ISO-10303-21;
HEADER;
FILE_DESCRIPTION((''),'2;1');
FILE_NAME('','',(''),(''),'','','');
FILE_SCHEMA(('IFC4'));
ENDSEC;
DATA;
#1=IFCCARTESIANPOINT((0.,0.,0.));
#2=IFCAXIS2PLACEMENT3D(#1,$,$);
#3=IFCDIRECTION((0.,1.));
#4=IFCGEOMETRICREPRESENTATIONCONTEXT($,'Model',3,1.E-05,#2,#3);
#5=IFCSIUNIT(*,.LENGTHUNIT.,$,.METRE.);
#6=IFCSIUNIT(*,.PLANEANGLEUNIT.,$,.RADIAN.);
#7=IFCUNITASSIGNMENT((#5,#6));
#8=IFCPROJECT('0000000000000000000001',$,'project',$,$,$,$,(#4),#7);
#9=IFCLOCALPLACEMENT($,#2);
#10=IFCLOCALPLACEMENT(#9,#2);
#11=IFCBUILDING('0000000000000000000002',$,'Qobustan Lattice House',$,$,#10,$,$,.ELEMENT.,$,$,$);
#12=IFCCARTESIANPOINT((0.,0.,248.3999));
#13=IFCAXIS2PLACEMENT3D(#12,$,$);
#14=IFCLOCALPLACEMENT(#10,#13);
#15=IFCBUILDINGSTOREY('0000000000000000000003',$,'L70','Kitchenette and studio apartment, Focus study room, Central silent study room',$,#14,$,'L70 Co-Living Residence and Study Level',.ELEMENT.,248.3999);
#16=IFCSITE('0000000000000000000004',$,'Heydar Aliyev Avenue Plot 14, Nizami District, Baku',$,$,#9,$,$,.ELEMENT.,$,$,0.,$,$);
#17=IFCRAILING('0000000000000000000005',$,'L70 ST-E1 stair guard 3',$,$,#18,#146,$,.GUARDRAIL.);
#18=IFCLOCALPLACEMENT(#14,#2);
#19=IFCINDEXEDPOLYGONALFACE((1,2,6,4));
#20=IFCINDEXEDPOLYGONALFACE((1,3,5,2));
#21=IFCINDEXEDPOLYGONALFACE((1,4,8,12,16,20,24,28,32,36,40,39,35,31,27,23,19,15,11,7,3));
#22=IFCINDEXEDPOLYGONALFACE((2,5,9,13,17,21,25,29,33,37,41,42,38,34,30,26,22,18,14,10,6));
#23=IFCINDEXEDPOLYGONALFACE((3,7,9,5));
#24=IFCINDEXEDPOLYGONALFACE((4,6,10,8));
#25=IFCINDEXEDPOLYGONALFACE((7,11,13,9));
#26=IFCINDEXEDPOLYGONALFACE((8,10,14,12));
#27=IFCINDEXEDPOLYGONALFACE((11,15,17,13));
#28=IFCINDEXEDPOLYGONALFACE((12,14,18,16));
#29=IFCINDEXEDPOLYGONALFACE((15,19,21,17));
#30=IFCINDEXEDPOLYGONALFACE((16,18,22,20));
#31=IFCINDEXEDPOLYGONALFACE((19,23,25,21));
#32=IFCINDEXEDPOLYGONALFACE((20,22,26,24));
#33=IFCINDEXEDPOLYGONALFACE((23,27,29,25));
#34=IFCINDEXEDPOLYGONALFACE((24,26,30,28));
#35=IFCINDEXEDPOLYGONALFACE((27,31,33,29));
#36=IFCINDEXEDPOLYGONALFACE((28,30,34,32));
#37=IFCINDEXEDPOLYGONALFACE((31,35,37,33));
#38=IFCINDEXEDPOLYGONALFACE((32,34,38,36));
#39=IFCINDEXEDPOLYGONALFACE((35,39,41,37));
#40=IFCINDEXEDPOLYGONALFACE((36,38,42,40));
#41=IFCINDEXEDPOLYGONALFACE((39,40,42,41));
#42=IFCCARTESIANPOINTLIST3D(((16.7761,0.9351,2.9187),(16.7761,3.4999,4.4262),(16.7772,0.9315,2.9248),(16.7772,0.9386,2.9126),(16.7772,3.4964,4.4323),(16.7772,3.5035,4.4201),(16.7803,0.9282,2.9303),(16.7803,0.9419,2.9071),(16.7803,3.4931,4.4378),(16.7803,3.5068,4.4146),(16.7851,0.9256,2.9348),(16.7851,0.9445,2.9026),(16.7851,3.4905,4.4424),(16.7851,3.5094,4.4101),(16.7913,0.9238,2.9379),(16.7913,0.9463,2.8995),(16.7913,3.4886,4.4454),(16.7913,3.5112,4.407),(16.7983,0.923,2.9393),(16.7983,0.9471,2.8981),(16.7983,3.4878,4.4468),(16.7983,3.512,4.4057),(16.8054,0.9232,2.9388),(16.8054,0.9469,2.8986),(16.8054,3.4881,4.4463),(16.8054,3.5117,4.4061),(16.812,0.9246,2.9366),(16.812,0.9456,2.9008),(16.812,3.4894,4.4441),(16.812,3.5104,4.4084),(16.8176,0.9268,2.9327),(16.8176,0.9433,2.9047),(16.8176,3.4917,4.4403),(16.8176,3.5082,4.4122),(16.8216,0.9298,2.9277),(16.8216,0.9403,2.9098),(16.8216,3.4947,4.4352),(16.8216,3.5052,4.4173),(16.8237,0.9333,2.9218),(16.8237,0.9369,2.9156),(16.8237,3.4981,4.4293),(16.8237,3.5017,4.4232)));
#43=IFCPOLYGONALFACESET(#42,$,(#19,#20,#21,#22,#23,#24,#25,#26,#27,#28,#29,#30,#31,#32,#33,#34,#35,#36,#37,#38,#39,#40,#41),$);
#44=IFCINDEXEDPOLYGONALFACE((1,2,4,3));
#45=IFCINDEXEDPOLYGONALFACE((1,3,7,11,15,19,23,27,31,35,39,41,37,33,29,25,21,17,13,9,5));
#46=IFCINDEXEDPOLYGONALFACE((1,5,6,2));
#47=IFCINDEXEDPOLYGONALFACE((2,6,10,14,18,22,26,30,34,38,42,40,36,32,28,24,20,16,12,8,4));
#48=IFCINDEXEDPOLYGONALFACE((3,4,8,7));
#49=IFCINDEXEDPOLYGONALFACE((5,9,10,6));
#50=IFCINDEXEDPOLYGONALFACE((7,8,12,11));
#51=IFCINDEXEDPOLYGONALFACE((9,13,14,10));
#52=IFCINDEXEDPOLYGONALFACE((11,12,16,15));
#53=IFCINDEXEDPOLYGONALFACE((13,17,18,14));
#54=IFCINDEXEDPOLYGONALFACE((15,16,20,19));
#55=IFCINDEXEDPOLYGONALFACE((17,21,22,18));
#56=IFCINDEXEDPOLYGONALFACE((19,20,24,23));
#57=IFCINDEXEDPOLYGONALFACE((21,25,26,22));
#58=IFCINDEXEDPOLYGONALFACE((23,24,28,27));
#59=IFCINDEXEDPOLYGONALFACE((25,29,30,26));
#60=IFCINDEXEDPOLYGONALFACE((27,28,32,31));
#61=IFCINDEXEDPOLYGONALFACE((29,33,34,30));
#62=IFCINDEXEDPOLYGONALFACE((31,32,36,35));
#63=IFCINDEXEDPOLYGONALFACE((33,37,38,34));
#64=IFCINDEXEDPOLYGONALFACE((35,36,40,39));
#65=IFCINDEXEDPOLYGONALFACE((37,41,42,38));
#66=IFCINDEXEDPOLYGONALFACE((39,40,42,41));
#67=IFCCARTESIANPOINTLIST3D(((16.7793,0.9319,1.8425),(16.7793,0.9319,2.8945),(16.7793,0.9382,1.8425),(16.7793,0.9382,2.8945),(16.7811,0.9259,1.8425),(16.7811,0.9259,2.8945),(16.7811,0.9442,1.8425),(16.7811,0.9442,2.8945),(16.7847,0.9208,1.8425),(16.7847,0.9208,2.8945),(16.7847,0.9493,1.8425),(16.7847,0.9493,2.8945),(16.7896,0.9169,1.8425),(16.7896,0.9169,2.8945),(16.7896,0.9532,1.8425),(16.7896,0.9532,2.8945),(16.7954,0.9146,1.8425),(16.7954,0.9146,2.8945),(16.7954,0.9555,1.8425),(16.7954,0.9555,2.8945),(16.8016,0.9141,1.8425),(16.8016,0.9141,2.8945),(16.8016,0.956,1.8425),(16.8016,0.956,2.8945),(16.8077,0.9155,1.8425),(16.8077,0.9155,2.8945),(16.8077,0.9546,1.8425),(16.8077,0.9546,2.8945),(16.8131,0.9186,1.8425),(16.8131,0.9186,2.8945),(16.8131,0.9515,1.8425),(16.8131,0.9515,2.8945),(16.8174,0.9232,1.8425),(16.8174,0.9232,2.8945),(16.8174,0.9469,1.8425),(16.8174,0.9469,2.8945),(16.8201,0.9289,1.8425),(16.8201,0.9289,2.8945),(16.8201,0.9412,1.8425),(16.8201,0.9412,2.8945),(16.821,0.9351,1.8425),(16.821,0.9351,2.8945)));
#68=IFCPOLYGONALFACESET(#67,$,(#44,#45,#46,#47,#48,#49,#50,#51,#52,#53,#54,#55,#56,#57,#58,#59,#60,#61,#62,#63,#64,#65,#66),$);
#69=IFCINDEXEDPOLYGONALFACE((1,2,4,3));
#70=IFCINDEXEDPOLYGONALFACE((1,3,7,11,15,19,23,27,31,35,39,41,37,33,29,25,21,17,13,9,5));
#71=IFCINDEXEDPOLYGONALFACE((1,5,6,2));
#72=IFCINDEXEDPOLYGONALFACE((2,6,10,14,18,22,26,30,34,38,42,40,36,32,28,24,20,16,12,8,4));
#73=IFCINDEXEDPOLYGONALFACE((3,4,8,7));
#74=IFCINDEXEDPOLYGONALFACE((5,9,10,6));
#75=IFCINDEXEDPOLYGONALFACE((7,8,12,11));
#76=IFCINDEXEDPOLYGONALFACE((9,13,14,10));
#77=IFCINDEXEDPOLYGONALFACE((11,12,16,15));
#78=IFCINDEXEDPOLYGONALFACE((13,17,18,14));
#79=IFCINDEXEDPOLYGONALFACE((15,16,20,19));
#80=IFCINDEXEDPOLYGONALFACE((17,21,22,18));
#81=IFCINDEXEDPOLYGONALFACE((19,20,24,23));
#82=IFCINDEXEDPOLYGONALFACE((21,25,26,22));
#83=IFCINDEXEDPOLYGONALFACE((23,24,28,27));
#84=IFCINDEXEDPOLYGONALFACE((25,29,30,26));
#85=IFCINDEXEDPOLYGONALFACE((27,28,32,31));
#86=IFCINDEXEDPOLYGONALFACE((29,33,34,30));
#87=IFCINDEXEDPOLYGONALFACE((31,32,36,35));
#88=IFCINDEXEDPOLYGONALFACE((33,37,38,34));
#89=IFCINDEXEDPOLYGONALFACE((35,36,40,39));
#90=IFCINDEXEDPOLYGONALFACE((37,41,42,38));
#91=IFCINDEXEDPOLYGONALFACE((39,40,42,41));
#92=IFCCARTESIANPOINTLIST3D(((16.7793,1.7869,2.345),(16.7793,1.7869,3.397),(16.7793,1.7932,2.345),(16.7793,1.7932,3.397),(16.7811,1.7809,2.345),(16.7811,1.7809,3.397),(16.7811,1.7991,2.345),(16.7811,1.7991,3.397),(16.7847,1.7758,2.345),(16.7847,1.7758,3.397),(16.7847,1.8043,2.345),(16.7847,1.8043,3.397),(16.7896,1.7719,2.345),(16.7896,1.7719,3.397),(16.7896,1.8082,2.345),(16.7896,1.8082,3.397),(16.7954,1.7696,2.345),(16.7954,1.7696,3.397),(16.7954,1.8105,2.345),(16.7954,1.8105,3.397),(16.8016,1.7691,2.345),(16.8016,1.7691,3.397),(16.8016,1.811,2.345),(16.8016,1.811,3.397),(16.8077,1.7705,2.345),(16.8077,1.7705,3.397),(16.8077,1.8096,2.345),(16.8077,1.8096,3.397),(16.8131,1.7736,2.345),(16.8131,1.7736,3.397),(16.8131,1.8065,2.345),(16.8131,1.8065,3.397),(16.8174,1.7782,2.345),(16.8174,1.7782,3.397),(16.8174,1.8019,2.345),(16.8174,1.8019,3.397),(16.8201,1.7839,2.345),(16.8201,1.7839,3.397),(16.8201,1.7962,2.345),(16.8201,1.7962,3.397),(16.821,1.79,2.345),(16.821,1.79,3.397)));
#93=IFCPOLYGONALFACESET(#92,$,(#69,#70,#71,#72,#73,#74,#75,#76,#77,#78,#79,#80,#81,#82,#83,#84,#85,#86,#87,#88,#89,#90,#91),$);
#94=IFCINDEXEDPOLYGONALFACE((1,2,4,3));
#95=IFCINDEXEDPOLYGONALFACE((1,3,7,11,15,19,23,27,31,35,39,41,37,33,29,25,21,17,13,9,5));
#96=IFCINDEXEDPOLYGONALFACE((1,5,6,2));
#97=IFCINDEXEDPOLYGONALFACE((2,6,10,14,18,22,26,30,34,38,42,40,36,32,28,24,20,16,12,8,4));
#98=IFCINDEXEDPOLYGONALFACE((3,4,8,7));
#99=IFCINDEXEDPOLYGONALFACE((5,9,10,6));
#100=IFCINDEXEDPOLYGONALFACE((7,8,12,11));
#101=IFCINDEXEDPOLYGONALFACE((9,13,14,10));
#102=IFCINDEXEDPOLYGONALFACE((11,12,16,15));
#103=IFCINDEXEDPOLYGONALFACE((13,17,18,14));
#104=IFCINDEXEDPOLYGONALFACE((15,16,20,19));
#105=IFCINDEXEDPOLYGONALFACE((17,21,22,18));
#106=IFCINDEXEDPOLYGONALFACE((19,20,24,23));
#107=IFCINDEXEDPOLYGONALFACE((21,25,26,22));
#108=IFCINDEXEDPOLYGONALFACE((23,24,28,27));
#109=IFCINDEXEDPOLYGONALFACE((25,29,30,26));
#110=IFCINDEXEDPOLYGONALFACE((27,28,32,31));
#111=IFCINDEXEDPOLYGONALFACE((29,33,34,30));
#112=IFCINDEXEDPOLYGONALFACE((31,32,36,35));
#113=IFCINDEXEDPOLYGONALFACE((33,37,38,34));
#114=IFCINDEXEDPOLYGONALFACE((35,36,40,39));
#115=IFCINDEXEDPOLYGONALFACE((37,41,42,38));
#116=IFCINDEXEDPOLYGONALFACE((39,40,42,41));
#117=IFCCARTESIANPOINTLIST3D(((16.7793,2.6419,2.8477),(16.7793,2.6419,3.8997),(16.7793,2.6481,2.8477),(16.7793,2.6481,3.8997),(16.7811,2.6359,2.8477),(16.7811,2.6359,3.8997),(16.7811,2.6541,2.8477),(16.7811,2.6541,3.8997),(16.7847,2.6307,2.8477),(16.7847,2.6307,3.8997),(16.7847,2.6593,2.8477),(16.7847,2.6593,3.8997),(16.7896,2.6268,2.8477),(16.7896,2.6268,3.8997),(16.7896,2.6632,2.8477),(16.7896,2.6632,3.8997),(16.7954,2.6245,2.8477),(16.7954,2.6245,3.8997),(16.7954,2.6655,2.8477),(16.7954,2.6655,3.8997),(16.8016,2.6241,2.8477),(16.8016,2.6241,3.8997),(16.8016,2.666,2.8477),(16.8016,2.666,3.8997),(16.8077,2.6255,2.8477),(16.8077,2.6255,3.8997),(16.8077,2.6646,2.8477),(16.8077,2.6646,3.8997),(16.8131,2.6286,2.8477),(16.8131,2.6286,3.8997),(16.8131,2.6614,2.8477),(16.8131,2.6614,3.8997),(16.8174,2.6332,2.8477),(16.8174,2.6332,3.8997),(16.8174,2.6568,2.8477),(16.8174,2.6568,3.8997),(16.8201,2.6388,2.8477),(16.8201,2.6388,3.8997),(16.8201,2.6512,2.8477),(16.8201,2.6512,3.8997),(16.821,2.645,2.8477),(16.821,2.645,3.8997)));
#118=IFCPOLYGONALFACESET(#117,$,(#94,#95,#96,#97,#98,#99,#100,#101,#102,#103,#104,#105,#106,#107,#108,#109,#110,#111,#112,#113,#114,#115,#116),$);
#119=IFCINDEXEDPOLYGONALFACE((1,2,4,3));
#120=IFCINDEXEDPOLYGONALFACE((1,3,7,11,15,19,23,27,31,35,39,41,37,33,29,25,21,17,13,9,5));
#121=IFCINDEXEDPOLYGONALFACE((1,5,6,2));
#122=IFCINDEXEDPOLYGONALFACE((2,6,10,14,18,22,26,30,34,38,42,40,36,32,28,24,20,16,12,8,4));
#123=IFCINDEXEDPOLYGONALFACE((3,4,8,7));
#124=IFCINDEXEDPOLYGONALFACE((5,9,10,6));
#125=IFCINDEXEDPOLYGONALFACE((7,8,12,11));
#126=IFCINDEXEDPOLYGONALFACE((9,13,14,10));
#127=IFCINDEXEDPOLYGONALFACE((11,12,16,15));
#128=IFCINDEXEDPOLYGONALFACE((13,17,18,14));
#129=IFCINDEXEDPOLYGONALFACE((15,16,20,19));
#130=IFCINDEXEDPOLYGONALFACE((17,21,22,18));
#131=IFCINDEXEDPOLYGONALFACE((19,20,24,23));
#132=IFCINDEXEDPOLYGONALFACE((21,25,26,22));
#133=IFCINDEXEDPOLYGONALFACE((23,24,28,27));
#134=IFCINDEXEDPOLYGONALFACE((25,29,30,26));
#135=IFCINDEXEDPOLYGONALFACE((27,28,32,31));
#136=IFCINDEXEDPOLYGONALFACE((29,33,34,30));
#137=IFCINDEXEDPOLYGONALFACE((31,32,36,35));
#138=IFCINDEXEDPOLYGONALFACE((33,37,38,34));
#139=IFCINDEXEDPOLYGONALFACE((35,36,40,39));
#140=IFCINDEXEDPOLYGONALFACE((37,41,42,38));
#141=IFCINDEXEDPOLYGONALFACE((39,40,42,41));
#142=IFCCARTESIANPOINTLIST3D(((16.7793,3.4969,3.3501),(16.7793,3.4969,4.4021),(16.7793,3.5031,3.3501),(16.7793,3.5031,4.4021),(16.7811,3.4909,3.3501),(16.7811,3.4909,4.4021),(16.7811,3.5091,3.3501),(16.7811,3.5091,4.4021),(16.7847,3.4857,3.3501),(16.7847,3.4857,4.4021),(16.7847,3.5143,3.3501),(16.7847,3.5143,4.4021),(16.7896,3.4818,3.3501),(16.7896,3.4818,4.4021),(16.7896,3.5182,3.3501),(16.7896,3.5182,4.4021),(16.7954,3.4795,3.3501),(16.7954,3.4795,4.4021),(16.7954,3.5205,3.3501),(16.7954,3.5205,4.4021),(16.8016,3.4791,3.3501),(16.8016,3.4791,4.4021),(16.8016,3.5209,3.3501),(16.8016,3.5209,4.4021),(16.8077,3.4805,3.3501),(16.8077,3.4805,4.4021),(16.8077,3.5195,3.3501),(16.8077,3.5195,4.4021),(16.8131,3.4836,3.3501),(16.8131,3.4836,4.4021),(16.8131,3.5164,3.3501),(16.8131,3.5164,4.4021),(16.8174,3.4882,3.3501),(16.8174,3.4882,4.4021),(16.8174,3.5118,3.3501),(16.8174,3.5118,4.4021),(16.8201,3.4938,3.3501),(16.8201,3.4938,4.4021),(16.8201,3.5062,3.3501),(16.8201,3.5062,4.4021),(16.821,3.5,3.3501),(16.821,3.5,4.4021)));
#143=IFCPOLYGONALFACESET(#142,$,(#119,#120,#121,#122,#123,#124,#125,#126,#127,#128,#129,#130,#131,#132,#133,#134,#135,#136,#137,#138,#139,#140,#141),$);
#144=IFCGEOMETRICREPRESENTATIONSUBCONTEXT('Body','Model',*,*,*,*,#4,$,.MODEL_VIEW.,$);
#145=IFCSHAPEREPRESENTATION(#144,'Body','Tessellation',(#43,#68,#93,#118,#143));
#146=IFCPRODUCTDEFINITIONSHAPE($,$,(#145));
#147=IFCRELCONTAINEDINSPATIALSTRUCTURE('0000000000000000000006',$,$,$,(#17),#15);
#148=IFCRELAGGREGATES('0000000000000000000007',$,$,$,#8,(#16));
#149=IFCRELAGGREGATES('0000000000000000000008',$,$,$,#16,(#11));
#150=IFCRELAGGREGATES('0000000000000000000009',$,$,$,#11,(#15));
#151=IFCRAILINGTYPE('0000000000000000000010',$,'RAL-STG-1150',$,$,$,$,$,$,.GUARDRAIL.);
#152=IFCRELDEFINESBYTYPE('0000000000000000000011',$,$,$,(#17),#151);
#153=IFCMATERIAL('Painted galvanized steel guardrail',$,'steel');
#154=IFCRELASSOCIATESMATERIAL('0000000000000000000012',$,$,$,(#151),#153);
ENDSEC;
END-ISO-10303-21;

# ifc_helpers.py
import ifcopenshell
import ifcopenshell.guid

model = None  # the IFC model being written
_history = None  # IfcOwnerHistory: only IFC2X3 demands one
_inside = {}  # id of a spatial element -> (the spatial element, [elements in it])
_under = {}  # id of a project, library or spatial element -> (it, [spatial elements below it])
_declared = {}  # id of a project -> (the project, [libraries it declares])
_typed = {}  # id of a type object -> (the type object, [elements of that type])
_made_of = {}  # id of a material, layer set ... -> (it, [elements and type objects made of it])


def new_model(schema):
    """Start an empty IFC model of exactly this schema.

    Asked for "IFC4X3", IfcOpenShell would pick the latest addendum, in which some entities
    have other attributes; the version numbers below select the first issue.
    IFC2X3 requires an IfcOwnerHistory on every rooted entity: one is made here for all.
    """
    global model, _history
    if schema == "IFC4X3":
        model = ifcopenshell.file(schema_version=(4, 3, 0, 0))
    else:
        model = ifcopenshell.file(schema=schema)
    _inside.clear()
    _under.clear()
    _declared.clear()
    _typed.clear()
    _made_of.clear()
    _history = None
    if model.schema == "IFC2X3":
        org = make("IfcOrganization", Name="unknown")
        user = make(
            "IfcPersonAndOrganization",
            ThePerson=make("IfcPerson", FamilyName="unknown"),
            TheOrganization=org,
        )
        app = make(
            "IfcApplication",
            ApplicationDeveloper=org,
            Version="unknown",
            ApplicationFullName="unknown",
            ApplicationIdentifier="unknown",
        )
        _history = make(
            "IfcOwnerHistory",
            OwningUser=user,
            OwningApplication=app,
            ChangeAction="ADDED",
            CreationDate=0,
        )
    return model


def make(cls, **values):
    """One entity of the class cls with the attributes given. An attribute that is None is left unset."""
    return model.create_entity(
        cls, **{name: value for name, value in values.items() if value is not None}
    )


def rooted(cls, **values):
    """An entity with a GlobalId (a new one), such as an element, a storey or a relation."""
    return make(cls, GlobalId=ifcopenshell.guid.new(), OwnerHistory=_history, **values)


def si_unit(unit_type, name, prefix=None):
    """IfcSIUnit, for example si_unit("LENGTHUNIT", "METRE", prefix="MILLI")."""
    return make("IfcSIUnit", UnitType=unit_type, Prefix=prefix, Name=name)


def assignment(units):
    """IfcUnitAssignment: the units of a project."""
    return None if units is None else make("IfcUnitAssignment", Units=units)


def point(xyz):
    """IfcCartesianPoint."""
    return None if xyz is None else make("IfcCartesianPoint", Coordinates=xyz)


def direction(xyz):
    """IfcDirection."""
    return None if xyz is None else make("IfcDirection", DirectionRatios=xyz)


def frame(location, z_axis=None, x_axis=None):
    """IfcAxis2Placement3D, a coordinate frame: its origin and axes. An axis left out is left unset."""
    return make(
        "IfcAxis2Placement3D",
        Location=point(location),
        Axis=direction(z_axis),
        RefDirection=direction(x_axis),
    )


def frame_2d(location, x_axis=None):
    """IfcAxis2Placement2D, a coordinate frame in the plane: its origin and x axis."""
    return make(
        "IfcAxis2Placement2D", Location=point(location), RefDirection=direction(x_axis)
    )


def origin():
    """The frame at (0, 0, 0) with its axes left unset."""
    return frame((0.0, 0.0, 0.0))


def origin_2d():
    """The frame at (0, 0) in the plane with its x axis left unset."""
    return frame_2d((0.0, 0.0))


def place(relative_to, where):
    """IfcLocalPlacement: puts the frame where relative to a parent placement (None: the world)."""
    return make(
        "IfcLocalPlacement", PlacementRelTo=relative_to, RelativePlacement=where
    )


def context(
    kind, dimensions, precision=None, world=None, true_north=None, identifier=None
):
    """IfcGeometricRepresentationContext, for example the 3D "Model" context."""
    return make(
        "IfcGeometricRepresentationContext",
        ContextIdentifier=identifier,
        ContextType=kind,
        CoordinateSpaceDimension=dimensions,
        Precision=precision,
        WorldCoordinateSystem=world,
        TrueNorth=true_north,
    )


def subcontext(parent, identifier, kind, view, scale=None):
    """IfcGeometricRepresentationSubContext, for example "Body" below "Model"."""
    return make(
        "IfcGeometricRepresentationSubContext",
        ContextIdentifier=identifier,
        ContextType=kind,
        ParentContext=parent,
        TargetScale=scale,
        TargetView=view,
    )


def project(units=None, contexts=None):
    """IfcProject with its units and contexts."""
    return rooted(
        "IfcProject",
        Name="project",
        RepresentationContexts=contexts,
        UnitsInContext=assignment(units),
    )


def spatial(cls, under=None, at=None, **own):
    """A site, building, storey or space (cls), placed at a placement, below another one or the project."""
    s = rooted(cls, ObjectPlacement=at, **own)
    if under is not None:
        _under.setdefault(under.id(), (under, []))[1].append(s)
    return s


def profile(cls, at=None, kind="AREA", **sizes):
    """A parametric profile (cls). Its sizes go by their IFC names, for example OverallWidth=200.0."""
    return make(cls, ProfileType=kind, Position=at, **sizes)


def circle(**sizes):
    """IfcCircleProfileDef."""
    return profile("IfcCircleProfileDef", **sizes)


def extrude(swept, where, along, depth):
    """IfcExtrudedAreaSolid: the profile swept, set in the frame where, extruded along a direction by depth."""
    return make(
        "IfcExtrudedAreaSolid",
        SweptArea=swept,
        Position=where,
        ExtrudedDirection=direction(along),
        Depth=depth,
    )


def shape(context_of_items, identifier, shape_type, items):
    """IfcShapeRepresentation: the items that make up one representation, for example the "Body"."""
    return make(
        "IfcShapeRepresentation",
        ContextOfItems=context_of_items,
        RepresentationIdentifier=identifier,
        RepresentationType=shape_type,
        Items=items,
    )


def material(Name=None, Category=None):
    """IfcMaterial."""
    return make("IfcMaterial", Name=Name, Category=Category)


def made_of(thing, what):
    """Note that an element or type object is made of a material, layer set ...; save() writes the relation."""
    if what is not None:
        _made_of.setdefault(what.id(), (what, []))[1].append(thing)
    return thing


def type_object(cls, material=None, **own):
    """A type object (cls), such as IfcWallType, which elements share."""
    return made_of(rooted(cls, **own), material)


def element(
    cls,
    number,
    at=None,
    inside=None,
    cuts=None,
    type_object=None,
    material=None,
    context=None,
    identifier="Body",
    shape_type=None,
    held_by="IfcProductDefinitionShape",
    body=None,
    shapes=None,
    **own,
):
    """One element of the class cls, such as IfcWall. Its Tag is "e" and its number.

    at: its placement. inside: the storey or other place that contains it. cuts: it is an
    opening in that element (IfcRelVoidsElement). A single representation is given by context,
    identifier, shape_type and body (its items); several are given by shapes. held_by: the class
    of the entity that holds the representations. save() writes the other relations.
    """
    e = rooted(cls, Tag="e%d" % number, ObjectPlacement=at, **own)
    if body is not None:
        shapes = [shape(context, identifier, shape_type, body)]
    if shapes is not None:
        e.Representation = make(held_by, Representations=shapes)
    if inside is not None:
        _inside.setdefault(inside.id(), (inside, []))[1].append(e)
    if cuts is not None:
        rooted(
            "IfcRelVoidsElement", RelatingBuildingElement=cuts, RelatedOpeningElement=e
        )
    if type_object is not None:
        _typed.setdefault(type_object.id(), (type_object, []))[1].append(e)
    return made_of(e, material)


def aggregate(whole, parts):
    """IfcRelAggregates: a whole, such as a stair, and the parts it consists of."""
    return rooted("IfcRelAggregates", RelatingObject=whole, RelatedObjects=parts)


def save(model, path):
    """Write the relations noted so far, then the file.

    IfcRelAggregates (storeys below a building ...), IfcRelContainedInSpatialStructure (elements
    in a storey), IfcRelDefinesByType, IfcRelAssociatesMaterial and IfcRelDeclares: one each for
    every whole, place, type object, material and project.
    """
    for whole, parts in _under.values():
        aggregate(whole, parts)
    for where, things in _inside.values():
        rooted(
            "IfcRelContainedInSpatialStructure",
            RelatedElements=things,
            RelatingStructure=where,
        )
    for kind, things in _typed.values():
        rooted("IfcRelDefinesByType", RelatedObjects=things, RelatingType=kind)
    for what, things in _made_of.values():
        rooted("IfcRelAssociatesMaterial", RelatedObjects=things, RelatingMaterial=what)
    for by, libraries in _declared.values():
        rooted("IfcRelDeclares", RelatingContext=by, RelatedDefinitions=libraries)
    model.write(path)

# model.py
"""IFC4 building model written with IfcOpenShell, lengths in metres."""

from ifc_helpers import new_model, si_unit, direction, frame, origin, origin_2d, place, context, subcontext, project, spatial, circle, extrude, material, type_object, element, save


model = new_model("IFC4")

# Units and contexts
model_context = context("Model", 3, precision=1e-05, world=origin(), true_north=direction((0.0, 1.0)))
body_context = subcontext(model_context, "Body", "Model", "MODEL_VIEW")
ifc_project = project(units=[si_unit("LENGTHUNIT", "METRE"), si_unit("PLANEANGLEUNIT", "RADIAN")], contexts=[model_context])

# Site, building, storey
site_placement = place(None, origin())
site = spatial("IfcSite", under=ifc_project, at=site_placement, Name="Heydar Aliyev Avenue Plot 14, Nizami District, Baku", CompositionType="ELEMENT", RefElevation=0.0)
building_placement = place(site_placement, origin())
building = spatial("IfcBuilding", under=site, at=building_placement, Name="Qobustan Lattice House", CompositionType="ELEMENT")
storey_placement = place(building_placement, frame((0.0, 0.0, 248.3999)))
storey = spatial("IfcBuildingStorey", under=building, at=storey_placement, Name="L70", Description="Kitchenette and studio apartment, Focus study room, Central silent study room", LongName="L70 Co-Living Residence and Study Level", CompositionType="ELEMENT", Elevation=248.3999)

# Railing
ifc_material_1 = material(Name="Painted galvanized steel guardrail", Category="steel")
railing_type_1 = type_object("IfcRailingType", Name="RAL-STG-1150", PredefinedType="GUARDRAIL", material=ifc_material_1)
railing_1_placement = place(storey_placement, frame((16.8, 0.9351, 1.8425)))
element("IfcRailing", 1, at=railing_1_placement, inside=storey, type_object=railing_type_1, Name="L70 ST-E1 stair guard 3", PredefinedType="GUARDRAIL", context=body_context, shape_type="SweptSolid", body=[
    extrude(circle(Radius=0.0239, at=origin_2d()), frame((0.0, 0.0, 1.0762), z_axis=(0.0, 0.862113, 0.506715), x_axis=(-1.0, 0.0, 0.0)), (0.0, 0.0, 1.0), 2.9751),
    extrude(circle(Radius=0.021, at=origin_2d()), origin(), (0.0, 0.0, 1.0), 1.052),
    extrude(circle(Radius=0.021, at=origin_2d()), frame((0.0, 0.855, 0.5024)), (0.0, 0.0, 1.0), 1.052),
    extrude(circle(Radius=0.021, at=origin_2d()), frame((0.0, 1.71, 1.0051)), (0.0, 0.0, 1.0), 1.052),
    extrude(circle(Radius=0.021, at=origin_2d()), frame((0.0, 2.5649, 1.5076)), (0.0, 0.0, 1.0), 1.052),
])

save(model, "model.ifc")
